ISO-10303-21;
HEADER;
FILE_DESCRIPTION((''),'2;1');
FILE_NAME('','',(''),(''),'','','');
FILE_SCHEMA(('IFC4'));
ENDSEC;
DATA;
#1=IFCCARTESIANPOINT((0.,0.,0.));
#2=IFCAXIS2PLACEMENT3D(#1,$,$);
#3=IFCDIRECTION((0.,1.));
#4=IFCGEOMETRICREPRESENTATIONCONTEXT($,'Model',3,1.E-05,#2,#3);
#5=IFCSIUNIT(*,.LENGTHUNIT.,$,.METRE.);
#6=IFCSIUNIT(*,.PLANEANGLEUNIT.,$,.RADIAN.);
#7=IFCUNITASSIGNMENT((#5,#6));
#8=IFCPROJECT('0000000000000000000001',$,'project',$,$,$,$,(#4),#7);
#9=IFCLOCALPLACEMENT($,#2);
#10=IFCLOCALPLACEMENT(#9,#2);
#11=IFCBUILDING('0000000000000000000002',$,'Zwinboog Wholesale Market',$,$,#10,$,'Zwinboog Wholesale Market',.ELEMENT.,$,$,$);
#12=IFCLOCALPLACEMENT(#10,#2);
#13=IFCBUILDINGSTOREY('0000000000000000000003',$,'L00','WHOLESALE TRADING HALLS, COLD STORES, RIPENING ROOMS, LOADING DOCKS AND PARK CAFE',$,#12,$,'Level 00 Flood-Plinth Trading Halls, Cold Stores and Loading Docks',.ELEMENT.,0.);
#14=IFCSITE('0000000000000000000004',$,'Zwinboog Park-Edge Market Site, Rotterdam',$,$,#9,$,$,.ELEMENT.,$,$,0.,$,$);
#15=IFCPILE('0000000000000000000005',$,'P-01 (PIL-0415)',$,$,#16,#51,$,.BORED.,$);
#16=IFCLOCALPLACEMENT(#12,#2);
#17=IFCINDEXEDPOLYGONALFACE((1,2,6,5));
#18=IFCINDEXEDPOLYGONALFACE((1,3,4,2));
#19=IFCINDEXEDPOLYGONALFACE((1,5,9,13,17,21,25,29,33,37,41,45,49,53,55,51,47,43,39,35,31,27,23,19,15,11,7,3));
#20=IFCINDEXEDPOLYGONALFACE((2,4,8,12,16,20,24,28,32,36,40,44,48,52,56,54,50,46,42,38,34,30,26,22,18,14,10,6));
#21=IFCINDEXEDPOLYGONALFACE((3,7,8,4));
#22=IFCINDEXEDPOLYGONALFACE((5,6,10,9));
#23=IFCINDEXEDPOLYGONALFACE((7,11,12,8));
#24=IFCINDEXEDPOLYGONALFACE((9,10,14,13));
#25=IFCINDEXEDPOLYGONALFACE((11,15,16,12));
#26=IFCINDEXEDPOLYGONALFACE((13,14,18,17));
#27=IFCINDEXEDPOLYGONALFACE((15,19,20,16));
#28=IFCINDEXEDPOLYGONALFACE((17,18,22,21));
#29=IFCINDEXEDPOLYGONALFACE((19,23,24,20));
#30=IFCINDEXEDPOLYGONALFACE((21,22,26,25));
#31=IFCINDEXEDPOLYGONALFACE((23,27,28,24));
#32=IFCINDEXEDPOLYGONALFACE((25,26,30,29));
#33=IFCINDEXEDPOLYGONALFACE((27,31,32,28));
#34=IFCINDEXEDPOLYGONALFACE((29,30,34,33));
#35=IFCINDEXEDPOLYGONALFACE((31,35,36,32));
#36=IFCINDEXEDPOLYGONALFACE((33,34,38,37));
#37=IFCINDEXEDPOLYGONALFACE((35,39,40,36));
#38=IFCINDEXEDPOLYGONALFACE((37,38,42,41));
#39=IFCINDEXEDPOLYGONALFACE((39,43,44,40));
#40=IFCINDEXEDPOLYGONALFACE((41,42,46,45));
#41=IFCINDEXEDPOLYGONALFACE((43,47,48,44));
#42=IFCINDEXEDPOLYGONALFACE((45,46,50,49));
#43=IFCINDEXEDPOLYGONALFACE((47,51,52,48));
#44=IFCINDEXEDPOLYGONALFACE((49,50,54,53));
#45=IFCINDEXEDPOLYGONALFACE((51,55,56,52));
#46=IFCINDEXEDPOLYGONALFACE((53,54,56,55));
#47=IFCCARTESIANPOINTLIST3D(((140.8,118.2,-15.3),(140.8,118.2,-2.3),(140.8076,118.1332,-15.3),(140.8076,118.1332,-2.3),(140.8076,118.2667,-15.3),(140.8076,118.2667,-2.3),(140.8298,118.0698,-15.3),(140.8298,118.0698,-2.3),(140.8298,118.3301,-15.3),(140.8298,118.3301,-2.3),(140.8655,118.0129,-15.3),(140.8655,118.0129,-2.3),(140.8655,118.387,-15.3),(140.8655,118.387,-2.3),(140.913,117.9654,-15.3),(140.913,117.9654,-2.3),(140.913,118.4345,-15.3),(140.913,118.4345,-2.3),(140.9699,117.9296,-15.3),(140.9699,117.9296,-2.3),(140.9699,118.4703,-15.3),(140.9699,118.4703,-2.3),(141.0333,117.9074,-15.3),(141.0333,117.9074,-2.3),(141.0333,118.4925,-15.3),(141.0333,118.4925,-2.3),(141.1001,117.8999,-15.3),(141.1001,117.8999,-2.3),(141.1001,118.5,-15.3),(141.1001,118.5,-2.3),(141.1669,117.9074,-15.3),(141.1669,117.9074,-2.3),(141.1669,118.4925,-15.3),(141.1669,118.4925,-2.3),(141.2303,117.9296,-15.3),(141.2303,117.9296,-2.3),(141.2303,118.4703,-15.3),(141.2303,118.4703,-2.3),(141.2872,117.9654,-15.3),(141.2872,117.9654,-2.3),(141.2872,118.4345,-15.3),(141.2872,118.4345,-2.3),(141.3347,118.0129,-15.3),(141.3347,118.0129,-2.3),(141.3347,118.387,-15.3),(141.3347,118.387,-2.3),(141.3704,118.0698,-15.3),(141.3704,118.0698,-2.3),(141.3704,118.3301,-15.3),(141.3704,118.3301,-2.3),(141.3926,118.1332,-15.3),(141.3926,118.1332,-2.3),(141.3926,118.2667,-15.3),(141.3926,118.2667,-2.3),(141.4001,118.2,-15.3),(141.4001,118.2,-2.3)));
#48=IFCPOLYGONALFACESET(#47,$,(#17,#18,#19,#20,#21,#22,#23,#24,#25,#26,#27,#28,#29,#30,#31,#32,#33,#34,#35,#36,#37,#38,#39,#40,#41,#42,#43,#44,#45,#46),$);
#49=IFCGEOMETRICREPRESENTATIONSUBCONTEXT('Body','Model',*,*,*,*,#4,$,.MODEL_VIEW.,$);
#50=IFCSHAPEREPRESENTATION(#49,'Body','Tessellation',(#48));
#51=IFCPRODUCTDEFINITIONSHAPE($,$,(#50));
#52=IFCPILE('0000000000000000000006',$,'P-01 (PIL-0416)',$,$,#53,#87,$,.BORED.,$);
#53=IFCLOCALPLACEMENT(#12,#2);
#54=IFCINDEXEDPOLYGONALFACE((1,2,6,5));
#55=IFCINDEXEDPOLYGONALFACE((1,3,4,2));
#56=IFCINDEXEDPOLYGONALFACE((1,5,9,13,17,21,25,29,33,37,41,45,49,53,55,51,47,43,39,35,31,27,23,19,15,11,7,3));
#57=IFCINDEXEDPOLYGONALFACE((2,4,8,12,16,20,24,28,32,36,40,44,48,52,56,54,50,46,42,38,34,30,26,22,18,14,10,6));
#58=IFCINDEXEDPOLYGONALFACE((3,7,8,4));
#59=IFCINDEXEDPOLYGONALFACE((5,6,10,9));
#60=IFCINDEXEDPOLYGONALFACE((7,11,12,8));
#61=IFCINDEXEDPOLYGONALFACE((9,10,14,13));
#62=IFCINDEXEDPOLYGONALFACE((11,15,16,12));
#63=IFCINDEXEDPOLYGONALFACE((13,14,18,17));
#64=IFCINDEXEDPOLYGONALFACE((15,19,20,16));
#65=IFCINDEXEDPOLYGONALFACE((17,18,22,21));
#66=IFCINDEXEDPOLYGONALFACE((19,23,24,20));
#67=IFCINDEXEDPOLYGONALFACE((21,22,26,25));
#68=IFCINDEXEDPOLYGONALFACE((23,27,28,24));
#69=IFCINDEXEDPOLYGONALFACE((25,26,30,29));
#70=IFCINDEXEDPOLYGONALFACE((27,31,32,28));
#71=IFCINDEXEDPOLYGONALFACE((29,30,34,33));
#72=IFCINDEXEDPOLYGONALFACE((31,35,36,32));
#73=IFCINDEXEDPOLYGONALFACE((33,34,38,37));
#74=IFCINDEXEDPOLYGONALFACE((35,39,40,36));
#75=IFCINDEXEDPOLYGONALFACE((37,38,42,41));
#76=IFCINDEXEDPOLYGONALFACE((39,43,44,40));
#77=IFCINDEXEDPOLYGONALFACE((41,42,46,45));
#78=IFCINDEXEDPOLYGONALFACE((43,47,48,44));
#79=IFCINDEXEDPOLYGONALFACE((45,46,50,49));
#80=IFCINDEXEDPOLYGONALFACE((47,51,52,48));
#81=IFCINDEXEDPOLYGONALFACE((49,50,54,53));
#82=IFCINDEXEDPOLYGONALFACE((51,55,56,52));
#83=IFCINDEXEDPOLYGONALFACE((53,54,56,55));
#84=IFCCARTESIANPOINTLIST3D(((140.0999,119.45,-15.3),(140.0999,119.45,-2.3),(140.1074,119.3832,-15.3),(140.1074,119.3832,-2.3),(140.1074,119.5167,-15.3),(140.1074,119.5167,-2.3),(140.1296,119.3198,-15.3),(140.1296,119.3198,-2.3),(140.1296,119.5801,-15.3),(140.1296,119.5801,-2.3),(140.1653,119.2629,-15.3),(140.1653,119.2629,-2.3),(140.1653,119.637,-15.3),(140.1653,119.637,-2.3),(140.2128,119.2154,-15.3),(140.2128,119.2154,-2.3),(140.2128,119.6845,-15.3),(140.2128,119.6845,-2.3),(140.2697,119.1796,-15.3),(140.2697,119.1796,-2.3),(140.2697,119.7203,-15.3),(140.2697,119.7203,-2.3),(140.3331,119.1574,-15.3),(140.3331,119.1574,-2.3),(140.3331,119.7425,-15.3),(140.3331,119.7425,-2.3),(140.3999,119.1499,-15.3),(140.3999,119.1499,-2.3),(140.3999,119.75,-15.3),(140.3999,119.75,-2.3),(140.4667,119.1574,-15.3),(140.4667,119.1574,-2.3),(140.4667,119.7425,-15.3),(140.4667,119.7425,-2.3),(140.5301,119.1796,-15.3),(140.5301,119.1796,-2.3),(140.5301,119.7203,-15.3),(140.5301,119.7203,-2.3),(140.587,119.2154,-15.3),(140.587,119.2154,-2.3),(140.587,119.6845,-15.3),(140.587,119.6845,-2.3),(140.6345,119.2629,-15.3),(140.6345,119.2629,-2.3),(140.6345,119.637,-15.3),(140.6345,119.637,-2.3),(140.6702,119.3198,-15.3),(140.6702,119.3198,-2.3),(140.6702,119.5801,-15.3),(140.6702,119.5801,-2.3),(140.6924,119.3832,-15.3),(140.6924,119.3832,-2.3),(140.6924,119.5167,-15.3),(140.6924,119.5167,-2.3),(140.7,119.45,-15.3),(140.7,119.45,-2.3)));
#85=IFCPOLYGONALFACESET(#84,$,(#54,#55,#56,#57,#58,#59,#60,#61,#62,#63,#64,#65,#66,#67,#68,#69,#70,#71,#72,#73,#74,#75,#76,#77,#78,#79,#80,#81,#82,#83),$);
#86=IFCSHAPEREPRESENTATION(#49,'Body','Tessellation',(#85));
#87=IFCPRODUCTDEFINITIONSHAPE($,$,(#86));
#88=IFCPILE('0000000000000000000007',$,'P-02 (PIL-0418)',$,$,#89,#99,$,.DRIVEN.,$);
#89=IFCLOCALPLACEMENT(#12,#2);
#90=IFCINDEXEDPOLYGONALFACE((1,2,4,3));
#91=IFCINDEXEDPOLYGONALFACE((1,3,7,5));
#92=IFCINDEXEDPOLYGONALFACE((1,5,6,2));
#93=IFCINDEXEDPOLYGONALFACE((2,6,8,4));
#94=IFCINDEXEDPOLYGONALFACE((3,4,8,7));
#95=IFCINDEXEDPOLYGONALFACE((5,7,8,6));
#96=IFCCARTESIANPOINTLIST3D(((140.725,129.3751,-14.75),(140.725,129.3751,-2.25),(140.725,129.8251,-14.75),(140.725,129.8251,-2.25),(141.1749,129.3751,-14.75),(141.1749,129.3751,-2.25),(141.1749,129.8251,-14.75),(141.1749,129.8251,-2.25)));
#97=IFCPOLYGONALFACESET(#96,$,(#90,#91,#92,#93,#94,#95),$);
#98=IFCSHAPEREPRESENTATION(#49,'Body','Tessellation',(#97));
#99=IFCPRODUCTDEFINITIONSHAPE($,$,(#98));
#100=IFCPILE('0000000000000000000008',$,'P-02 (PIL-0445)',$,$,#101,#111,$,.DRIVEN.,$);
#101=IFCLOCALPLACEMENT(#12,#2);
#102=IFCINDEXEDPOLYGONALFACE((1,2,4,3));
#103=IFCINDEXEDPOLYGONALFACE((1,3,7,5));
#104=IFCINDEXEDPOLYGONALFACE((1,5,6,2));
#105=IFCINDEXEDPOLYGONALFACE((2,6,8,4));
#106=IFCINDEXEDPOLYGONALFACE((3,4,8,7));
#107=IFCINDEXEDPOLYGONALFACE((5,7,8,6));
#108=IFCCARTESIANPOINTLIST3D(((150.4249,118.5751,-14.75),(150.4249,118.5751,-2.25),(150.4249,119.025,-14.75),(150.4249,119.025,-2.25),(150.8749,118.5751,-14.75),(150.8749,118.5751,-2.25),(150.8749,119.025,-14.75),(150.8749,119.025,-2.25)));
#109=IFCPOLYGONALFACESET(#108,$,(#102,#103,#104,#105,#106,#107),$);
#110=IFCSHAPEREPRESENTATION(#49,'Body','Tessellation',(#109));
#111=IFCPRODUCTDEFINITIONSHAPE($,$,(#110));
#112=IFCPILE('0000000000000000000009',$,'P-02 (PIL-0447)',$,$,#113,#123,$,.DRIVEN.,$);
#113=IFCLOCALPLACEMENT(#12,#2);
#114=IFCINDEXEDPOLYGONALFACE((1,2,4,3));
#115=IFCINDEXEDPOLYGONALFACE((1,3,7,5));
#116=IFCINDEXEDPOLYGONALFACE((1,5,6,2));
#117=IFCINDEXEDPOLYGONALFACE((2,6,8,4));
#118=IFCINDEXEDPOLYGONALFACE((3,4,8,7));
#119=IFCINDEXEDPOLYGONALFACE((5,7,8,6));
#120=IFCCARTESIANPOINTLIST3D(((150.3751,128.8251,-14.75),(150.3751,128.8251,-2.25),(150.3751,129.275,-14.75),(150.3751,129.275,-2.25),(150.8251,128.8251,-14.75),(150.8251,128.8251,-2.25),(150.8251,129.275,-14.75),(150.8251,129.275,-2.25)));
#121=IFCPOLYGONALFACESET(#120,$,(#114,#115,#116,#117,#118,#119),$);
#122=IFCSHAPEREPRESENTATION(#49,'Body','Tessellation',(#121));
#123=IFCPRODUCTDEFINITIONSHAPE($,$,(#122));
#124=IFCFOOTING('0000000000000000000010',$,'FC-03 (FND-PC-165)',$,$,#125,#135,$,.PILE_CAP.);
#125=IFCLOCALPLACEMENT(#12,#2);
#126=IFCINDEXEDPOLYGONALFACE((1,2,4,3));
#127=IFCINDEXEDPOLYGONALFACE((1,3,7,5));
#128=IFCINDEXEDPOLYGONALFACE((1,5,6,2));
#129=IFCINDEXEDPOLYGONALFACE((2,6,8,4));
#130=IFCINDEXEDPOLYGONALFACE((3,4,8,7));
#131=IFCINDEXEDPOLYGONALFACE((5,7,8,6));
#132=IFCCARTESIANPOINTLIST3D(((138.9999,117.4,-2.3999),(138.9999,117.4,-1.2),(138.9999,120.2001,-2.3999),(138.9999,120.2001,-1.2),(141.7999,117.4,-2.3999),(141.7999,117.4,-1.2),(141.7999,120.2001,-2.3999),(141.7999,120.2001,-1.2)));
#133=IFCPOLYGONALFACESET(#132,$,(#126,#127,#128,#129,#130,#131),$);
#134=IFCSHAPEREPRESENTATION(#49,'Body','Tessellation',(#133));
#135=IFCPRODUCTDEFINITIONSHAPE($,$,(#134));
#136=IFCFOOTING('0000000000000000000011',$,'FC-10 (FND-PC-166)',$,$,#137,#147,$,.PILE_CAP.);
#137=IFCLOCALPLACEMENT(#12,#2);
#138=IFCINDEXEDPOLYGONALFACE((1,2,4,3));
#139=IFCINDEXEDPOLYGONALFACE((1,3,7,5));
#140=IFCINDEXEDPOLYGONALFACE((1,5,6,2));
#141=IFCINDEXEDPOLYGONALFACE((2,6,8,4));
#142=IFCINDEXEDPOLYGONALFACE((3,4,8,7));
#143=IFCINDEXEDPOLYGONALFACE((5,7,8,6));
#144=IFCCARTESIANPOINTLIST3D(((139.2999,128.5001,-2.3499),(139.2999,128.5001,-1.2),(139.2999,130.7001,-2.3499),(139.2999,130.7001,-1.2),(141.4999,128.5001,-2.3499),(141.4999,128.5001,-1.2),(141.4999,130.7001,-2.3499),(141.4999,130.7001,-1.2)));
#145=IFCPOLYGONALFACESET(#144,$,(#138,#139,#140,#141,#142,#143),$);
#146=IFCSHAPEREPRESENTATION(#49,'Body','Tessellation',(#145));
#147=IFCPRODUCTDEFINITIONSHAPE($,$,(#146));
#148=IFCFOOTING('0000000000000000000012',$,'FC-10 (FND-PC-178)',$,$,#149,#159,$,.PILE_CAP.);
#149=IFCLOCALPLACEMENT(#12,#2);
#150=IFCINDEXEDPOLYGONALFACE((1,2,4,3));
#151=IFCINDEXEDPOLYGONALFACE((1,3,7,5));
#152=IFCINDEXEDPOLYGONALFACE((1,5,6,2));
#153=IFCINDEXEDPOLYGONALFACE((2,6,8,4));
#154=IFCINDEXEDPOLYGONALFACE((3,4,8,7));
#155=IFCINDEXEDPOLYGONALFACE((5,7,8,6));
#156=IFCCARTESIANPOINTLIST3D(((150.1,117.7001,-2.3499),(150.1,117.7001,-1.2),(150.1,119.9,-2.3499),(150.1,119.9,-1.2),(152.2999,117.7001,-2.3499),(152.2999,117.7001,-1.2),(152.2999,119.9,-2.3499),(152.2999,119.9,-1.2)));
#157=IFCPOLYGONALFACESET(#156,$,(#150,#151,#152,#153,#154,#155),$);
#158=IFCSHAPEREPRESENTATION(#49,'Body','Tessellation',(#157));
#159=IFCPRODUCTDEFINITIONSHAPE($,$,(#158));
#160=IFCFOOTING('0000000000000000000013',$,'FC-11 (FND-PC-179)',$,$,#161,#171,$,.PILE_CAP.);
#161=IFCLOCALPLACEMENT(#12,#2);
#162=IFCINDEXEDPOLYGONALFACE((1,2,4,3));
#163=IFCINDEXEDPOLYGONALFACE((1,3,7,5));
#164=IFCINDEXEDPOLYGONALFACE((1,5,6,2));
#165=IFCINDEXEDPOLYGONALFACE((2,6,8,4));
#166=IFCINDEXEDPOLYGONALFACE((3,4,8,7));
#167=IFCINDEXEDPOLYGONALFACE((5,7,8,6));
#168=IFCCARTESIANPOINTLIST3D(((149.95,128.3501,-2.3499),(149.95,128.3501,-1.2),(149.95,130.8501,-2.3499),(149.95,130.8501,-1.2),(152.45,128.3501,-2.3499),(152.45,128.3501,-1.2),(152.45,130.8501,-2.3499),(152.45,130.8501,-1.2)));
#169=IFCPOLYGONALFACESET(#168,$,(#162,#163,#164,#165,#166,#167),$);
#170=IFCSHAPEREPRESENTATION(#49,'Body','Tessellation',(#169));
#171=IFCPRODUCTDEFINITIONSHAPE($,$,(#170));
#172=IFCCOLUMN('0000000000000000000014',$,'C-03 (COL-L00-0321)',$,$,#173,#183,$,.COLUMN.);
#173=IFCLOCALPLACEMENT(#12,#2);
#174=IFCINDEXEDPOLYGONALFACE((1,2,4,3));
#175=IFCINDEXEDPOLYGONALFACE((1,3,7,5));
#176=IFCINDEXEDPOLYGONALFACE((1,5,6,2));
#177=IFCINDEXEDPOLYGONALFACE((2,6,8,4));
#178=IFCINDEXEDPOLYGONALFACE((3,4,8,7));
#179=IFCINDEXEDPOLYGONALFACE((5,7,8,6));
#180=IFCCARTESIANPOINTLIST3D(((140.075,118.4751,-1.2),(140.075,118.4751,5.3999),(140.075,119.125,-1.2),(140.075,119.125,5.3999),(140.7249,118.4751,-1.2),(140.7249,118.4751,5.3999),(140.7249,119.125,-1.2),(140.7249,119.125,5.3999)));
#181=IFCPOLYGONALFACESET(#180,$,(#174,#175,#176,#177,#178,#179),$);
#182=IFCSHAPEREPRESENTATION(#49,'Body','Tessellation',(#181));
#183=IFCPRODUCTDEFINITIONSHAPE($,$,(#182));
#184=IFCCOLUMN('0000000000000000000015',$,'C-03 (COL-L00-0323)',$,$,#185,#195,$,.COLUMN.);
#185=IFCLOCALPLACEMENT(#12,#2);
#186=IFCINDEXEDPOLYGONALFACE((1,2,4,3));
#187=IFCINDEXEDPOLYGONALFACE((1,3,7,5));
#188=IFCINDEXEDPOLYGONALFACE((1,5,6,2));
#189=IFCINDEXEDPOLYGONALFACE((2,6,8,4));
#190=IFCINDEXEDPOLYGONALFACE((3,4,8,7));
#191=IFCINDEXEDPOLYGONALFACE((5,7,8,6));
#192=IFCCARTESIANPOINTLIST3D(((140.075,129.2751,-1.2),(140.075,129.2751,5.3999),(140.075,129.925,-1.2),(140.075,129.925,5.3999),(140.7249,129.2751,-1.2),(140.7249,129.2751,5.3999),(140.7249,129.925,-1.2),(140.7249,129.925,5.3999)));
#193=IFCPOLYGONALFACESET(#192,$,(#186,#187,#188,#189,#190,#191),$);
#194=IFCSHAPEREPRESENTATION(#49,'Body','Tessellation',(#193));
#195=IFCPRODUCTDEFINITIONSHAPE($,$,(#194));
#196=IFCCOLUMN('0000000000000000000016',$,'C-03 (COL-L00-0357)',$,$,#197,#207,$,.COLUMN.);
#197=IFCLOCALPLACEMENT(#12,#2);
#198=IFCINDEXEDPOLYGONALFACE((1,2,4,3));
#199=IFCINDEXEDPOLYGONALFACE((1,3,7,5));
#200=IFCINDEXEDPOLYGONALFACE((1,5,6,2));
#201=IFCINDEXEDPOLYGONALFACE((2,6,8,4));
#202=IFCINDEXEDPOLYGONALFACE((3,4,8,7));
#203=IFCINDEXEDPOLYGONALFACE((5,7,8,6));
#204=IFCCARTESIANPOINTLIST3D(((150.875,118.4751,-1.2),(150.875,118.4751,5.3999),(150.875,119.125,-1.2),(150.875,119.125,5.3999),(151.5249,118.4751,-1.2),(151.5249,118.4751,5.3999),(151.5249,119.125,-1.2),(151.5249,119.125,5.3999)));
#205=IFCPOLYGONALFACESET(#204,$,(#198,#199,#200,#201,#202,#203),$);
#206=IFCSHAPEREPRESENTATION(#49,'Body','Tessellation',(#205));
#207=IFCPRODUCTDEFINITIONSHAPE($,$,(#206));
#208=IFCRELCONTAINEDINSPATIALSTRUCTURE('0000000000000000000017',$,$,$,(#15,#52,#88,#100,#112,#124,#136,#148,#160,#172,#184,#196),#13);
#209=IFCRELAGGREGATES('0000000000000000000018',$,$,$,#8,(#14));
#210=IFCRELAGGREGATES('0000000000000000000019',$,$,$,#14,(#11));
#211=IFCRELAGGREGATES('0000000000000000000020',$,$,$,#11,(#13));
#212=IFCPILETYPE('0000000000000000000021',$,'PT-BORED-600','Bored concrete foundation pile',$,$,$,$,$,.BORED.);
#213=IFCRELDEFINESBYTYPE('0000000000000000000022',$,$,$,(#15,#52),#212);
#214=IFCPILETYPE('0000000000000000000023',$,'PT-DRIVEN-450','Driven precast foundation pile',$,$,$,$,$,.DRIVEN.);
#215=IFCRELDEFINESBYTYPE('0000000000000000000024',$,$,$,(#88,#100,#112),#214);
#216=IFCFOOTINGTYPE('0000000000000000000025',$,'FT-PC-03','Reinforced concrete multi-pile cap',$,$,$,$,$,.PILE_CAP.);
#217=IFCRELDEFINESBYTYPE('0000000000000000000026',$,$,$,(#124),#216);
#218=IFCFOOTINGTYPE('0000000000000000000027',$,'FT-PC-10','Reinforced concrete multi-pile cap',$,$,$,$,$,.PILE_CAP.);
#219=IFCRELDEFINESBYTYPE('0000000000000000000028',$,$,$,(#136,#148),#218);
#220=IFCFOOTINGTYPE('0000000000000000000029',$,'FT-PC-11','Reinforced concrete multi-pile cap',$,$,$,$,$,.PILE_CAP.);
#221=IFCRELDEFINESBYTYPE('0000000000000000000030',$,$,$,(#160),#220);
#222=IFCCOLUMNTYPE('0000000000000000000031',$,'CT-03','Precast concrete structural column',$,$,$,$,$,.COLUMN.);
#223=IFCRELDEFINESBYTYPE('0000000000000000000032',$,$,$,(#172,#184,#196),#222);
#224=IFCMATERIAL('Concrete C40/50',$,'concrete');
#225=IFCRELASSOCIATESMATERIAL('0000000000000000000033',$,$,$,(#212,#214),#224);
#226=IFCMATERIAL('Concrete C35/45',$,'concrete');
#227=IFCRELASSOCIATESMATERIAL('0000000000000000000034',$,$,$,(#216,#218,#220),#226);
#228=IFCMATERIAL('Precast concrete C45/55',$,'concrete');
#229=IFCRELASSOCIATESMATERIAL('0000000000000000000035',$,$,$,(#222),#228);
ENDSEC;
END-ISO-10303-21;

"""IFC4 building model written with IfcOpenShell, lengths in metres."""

from ifc_helpers import new_model, si_unit, direction, frame, origin, origin_2d, place, context, subcontext, project, spatial, rectangle, circle, extrude, material, material_profile, profile_set, type_object, element, save


model = new_model("IFC4")

# Units and contexts
model_context = context("Model", 3, precision=1e-05, world=origin(), true_north=direction((0.0, 1.0)))
body_context = subcontext(model_context, "Body", "Model", "MODEL_VIEW")
ifc_project = project(units=[si_unit("LENGTHUNIT", "METRE"), si_unit("PLANEANGLEUNIT", "RADIAN")], contexts=[model_context])

# Site, building, storey
site_placement = place(None, origin())
site = spatial("IfcSite", under=ifc_project, at=site_placement, Name="Zwinboog Park-Edge Market Site, Rotterdam", CompositionType="ELEMENT", RefElevation=0.0)
building_placement = place(site_placement, origin())
building = spatial("IfcBuilding", under=site, at=building_placement, Name="Zwinboog Wholesale Market", LongName="Zwinboog Wholesale Market", CompositionType="ELEMENT")
storey_placement = place(building_placement, origin())
storey = spatial("IfcBuildingStorey", under=building, at=storey_placement, Name="L00", Description="WHOLESALE TRADING HALLS, COLD STORES, RIPENING ROOMS, LOADING DOCKS AND PARK CAFE", LongName="Level 00 Flood-Plinth Trading Halls, Cold Stores and Loading Docks", CompositionType="ELEMENT", Elevation=0.0)

# Piles
ifc_material_1 = material(Name="Concrete C40/50", Category="concrete")
ifc_material_profile_1 = material_profile(ifc_material_1, circle(Radius=0.3, at=origin_2d()), Name="PILE D600")
ifc_profile_set_1 = profile_set([ifc_material_profile_1], Name="Concrete C40/50")
pile_type_1 = type_object("IfcPileType", Name="PT-BORED-600", Description="Bored concrete foundation pile", PredefinedType="BORED", material=ifc_profile_set_1)
for number, where, z_axis, x_axis, name in (
    (1, (141.1001, 118.2, -2.3), (0.0, 0.0, -1.0), (1.0, 0.0, 0.0), "P-01 (PIL-0415)"),
    (2, (140.3999, 119.45, -2.3), (0.0, 0.0, -1.0), (1.0, 0.0, 0.0), "P-01 (PIL-0416)"),
):
    element("IfcPile", number, at=place(storey_placement, frame(where, z_axis=z_axis, x_axis=x_axis)), inside=storey, type_object=pile_type_1, Name=name, PredefinedType="BORED", context=body_context, shape_type="SweptSolid", body=[
        extrude(circle(Radius=0.3, at=origin_2d()), origin(), (0.0, 0.0, 1.0), 13.0),
    ])
ifc_material_profile_2 = material_profile(ifc_material_1, rectangle(XDim=0.45, YDim=0.45, at=origin_2d()), Name="PILE SQ450")
ifc_profile_set_2 = profile_set([ifc_material_profile_2], Name="Concrete C40/50")
pile_type_2 = type_object("IfcPileType", Name="PT-DRIVEN-450", Description="Driven precast foundation pile", PredefinedType="DRIVEN", material=ifc_profile_set_2)
for number, where, z_axis, x_axis, name in (
    (3, (140.95, 129.6001, -2.25), (0.0, 0.0, -1.0), (1.0, 0.0, 0.0), "P-02 (PIL-0418)"),
    (4, (150.6499, 118.8, -2.25), (0.0, 0.0, -1.0), (1.0, 0.0, 0.0), "P-02 (PIL-0445)"),
    (5, (150.6001, 129.05, -2.25), (0.0, 0.0, -1.0), (1.0, 0.0, 0.0), "P-02 (PIL-0447)"),
):
    element("IfcPile", number, at=place(storey_placement, frame(where, z_axis=z_axis, x_axis=x_axis)), inside=storey, type_object=pile_type_2, Name=name, PredefinedType="DRIVEN", context=body_context, shape_type="SweptSolid", body=[
        extrude(rectangle(XDim=0.45, YDim=0.45, at=origin_2d()), origin(), (0.0, 0.0, 1.0), 12.5),
    ])

# Footings
ifc_material_2 = material(Name="Concrete C35/45", Category="concrete")
footing_type_1 = type_object("IfcFootingType", Name="FT-PC-03", Description="Reinforced concrete multi-pile cap", PredefinedType="PILE_CAP", material=ifc_material_2)
footing_1_placement = place(storey_placement, frame((140.3999, 118.8, -2.3999), z_axis=(0.0, 0.0, 1.0), x_axis=(1.0, 0.0, 0.0)))
element("IfcFooting", 6, at=footing_1_placement, inside=storey, type_object=footing_type_1, Name="FC-03 (FND-PC-165)", PredefinedType="PILE_CAP", context=body_context, shape_type="SweptSolid", body=[
    extrude(rectangle(XDim=2.8, YDim=2.8, at=origin_2d()), origin(), (0.0, 0.0, 1.0), 1.2),
])
footing_type_2 = type_object("IfcFootingType", Name="FT-PC-10", Description="Reinforced concrete multi-pile cap", PredefinedType="PILE_CAP", material=ifc_material_2)
for number, where, z_axis, x_axis, name in (
    (7, (140.3999, 129.6001, -2.3499), (0.0, 0.0, 1.0), (1.0, 0.0, 0.0), "FC-10 (FND-PC-166)"),
    (8, (151.2, 118.8, -2.3499), (0.0, 0.0, 1.0), (1.0, 0.0, 0.0), "FC-10 (FND-PC-178)"),
):
    element("IfcFooting", number, at=place(storey_placement, frame(where, z_axis=z_axis, x_axis=x_axis)), inside=storey, type_object=footing_type_2, Name=name, PredefinedType="PILE_CAP", context=body_context, shape_type="SweptSolid", body=[
        extrude(rectangle(XDim=2.2, YDim=2.2, at=origin_2d()), origin(), (0.0, 0.0, 1.0), 1.1499),
    ])
footing_type_3 = type_object("IfcFootingType", Name="FT-PC-11", Description="Reinforced concrete multi-pile cap", PredefinedType="PILE_CAP", material=ifc_material_2)
footing_2_placement = place(storey_placement, frame((151.2, 129.6001, -2.3499), z_axis=(0.0, 0.0, 1.0), x_axis=(1.0, 0.0, 0.0)))
element("IfcFooting", 9, at=footing_2_placement, inside=storey, type_object=footing_type_3, Name="FC-11 (FND-PC-179)", PredefinedType="PILE_CAP", context=body_context, shape_type="SweptSolid", body=[
    extrude(rectangle(XDim=2.5, YDim=2.5, at=origin_2d()), origin(), (0.0, 0.0, 1.0), 1.1499),
])

# Columns
ifc_material_3 = material(Name="Precast concrete C45/55", Category="concrete")
ifc_material_profile_3 = material_profile(ifc_material_3, rectangle(XDim=0.6499, YDim=0.6499, at=origin_2d()), Name="PC 650x650")
ifc_profile_set_3 = profile_set([ifc_material_profile_3], Name="Precast concrete C45/55")
column_type = type_object("IfcColumnType", Name="CT-03", Description="Precast concrete structural column", PredefinedType="COLUMN", material=ifc_profile_set_3)
for number, where, z_axis, x_axis, name in (
    (10, (140.3999, 118.8, -1.2), (0.0, 0.0, 1.0), (1.0, 0.0, 0.0), "C-03 (COL-L00-0321)"),
    (11, (140.3999, 129.6001, -1.2), (0.0, 0.0, 1.0), (1.0, 0.0, 0.0), "C-03 (COL-L00-0323)"),
    (12, (151.2, 118.8, -1.2), (0.0, 0.0, 1.0), (1.0, 0.0, 0.0), "C-03 (COL-L00-0357)"),
):
    element("IfcColumn", number, at=place(storey_placement, frame(where, z_axis=z_axis, x_axis=x_axis)), inside=storey, type_object=column_type, Name=name, PredefinedType="COLUMN", context=body_context, shape_type="SweptSolid", body=[
        extrude(rectangle(XDim=0.6499, YDim=0.6499, at=origin_2d()), origin(), (0.0, 0.0, 1.0), 6.5999),
    ])

save(model, "model.ifc")
